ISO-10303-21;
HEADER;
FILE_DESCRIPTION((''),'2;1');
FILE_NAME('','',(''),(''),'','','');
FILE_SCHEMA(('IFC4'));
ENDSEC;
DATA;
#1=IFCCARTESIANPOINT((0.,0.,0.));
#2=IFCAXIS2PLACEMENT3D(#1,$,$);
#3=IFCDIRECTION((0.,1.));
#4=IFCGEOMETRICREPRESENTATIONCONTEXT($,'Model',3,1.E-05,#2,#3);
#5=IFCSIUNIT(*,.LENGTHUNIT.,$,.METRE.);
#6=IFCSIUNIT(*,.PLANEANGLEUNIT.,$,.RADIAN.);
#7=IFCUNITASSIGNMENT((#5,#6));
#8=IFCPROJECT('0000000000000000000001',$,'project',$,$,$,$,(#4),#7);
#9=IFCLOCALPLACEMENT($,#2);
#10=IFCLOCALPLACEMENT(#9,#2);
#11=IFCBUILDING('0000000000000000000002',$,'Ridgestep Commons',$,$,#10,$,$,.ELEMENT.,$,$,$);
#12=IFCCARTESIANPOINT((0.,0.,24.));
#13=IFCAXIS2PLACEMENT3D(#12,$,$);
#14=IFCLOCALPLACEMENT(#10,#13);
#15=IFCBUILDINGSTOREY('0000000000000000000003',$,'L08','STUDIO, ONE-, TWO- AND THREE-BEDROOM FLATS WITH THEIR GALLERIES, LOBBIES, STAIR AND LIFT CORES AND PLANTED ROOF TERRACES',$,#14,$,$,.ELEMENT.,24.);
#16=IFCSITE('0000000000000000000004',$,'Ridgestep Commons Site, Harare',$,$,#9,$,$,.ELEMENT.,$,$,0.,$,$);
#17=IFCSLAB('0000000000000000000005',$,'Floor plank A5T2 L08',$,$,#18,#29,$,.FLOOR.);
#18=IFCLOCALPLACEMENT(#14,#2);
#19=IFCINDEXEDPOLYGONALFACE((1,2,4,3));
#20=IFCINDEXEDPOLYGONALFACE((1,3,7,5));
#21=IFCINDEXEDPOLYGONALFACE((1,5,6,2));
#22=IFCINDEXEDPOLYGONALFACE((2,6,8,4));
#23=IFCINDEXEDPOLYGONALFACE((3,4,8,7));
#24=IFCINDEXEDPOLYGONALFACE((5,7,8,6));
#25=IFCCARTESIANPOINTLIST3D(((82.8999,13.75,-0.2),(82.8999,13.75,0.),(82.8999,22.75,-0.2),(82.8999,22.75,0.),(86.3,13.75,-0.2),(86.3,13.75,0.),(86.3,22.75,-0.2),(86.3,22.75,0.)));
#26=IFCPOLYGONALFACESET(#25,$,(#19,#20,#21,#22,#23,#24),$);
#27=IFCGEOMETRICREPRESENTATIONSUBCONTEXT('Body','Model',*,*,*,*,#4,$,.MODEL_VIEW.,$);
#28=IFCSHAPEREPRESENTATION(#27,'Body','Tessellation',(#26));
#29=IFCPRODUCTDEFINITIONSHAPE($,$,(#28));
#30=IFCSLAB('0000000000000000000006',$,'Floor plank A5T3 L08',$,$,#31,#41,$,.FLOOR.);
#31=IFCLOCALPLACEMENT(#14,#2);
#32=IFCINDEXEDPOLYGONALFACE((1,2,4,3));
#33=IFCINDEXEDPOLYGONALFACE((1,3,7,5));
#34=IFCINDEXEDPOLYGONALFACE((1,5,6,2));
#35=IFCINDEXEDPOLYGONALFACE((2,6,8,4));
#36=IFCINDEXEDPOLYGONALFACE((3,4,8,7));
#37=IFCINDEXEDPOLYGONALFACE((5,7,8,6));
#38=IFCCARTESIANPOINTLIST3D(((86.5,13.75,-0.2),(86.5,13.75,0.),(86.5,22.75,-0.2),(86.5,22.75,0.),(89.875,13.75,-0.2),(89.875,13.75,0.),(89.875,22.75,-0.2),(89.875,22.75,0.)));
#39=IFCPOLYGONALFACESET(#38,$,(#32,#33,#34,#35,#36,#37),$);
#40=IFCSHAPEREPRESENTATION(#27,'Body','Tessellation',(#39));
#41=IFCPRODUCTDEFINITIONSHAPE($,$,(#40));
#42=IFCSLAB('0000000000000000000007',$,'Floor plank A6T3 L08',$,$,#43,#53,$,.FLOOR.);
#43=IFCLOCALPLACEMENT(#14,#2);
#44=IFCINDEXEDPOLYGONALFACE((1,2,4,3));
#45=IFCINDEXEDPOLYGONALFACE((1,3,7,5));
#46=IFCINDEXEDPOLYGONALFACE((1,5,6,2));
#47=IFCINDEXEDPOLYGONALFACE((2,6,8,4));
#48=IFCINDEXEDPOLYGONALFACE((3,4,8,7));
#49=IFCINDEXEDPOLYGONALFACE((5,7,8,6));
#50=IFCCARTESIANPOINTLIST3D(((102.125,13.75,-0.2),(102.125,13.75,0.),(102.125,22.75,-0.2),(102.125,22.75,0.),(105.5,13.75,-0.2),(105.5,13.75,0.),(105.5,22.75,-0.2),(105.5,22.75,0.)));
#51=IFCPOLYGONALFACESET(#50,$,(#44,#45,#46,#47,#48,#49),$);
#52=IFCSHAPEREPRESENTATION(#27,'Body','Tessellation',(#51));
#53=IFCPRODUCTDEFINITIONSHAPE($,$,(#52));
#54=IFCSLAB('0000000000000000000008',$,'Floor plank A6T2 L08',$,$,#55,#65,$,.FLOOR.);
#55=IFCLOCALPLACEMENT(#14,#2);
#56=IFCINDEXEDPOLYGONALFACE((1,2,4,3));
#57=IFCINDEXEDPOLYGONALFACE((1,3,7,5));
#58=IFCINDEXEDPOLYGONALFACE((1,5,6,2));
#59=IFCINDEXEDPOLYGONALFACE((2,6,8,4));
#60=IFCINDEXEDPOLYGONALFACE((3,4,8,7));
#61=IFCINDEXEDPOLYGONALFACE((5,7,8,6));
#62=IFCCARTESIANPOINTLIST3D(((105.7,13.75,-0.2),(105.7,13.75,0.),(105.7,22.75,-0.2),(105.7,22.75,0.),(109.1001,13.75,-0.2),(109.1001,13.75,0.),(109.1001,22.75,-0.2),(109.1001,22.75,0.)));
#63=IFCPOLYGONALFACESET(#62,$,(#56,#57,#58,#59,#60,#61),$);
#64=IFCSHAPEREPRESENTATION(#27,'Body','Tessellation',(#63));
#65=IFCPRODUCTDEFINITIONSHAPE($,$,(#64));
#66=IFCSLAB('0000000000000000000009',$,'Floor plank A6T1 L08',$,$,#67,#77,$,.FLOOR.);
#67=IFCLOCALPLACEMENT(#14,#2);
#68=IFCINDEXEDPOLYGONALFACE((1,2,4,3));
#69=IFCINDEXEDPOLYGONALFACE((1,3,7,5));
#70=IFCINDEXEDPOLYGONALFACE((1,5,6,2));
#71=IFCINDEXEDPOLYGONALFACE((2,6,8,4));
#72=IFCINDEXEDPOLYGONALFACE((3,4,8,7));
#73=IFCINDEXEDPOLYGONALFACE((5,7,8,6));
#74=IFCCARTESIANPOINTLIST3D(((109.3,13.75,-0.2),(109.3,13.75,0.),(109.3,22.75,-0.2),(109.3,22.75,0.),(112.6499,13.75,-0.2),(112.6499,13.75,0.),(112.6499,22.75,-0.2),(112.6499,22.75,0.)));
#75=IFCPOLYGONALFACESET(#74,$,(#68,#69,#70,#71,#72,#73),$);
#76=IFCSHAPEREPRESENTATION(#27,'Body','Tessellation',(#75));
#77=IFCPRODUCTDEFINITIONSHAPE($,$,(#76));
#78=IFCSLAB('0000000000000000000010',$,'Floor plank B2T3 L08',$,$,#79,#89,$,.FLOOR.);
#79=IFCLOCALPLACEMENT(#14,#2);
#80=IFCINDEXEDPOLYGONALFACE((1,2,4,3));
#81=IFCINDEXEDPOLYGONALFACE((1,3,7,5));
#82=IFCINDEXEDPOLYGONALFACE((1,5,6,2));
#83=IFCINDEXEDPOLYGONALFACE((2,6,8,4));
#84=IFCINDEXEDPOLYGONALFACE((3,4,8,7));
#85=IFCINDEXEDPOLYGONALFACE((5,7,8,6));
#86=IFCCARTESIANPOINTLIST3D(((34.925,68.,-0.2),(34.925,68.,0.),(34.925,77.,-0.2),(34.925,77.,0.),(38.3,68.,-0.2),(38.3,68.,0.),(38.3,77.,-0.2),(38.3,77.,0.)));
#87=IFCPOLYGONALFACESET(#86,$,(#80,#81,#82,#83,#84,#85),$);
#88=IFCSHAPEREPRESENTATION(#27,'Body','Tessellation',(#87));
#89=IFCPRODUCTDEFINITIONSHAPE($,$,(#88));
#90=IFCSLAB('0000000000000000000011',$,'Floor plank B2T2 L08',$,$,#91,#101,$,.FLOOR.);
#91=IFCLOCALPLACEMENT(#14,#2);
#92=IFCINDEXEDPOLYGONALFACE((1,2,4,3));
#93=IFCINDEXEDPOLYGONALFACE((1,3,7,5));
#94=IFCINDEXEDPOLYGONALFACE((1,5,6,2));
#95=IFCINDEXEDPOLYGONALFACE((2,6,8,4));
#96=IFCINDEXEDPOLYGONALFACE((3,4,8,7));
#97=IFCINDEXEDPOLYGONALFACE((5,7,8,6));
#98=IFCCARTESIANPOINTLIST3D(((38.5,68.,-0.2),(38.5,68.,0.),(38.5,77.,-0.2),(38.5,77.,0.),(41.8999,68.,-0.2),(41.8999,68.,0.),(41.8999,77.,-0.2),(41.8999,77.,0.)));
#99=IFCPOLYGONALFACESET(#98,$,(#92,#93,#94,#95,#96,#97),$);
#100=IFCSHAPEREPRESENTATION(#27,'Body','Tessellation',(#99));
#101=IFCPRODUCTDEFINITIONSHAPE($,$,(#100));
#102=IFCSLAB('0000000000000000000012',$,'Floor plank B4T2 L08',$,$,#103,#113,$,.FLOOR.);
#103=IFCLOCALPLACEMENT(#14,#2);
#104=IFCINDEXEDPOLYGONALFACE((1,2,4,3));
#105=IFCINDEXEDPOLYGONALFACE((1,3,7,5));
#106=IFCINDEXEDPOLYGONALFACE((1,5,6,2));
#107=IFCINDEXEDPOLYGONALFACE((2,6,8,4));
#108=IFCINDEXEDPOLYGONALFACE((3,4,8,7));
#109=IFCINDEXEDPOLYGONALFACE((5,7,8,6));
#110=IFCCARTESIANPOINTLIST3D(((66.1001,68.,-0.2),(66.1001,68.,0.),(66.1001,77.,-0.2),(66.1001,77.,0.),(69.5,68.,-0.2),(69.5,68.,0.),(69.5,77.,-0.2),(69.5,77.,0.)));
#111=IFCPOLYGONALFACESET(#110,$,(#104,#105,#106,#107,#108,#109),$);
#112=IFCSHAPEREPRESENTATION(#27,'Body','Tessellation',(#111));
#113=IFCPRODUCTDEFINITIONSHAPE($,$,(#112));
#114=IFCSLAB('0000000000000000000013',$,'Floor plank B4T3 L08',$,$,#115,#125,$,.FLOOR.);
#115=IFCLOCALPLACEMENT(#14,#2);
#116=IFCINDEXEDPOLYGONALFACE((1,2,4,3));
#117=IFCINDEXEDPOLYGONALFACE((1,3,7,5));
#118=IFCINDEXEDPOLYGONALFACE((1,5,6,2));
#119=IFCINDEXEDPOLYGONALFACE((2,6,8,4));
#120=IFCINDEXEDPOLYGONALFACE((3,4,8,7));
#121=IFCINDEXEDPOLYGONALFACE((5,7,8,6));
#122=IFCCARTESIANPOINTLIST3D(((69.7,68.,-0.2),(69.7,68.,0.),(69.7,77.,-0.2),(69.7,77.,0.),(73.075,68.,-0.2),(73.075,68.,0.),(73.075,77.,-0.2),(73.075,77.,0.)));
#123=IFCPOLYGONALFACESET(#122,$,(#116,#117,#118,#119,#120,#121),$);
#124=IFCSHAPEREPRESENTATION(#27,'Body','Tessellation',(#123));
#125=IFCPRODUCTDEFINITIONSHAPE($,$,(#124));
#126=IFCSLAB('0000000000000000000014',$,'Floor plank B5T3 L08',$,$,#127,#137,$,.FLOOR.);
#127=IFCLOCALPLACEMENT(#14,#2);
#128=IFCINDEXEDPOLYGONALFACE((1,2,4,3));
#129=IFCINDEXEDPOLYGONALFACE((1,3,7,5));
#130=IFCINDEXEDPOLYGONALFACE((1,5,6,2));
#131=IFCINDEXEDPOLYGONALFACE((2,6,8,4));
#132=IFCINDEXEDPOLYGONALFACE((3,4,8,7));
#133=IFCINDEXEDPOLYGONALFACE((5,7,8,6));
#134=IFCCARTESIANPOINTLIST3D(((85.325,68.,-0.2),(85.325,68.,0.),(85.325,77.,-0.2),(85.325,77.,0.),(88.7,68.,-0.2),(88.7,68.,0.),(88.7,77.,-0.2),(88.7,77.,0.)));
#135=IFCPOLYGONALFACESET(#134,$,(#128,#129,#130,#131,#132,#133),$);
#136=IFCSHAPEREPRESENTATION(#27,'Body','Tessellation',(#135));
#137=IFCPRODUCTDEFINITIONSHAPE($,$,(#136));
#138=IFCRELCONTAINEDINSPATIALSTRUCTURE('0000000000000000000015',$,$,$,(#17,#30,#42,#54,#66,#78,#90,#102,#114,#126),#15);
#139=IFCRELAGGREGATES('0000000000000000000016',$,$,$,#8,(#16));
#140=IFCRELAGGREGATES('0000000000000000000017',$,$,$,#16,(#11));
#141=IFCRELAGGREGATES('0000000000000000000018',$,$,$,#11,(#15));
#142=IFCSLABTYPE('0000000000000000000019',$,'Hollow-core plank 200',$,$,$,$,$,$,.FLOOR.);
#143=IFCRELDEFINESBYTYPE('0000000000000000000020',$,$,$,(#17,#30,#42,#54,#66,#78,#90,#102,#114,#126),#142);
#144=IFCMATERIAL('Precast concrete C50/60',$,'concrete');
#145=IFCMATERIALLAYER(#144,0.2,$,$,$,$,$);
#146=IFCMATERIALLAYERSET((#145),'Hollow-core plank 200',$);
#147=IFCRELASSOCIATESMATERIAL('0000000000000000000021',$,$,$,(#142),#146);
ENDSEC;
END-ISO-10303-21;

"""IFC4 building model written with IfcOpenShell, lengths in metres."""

from ifc_helpers import new_model, si_unit, direction, frame, origin, place, context, subcontext, project, spatial, polyline, outline, extrude, material, layer, layer_set, type_object, element, save


model = new_model("IFC4")

# Units and contexts
model_context = context("Model", 3, precision=1e-05, world=origin(), true_north=direction((0.0, 1.0)))
body_context = subcontext(model_context, "Body", "Model", "MODEL_VIEW")
ifc_project = project(units=[si_unit("LENGTHUNIT", "METRE"), si_unit("PLANEANGLEUNIT", "RADIAN")], contexts=[model_context])

# Site, building, storey
site_placement = place(None, origin())
site = spatial("IfcSite", under=ifc_project, at=site_placement, Name="Ridgestep Commons Site, Harare", CompositionType="ELEMENT", RefElevation=0.0)
building_placement = place(site_placement, origin())
building = spatial("IfcBuilding", under=site, at=building_placement, Name="Ridgestep Commons", CompositionType="ELEMENT")
storey_placement = place(building_placement, frame((0.0, 0.0, 24.0)))
storey = spatial("IfcBuildingStorey", under=building, at=storey_placement, Name="L08", Description="STUDIO, ONE-, TWO- AND THREE-BEDROOM FLATS WITH THEIR GALLERIES, LOBBIES, STAIR AND LIFT CORES AND PLANTED ROOF TERRACES", CompositionType="ELEMENT", Elevation=24.0)

# Slabs
ifc_material_1 = material(Name="Precast concrete C50/60", Category="concrete")
ifc_layer_1 = layer(ifc_material_1, 0.2)
ifc_layer_set_1 = layer_set([ifc_layer_1], Name="Hollow-core plank 200")
slab_type_1 = type_object("IfcSlabType", Name="Hollow-core plank 200", PredefinedType="FLOOR", material=ifc_layer_set_1)
slab_1_placement = place(storey_placement, frame((0.0, 0.0, -0.2)))
element("IfcSlab", 1, at=slab_1_placement, inside=storey, type_object=slab_type_1, Name="Floor plank A5T2 L08", PredefinedType="FLOOR", context=body_context, shape_type="SweptSolid", body=[
    extrude(outline(polyline([(86.3, 13.75), (86.3, 22.75), (82.8999, 22.75), (82.8999, 13.75), (86.3, 13.75)])), origin(), (0.0, 0.0, 1.0), 0.2),
])
slab_2_placement = place(storey_placement, frame((0.0, 0.0, -0.2)))
element("IfcSlab", 2, at=slab_2_placement, inside=storey, type_object=slab_type_1, Name="Floor plank A5T3 L08", PredefinedType="FLOOR", context=body_context, shape_type="SweptSolid", body=[
    extrude(outline(polyline([(89.875, 13.75), (89.875, 22.75), (86.5, 22.75), (86.5, 13.75), (89.875, 13.75)])), origin(), (0.0, 0.0, 1.0), 0.2),
])
slab_3_placement = place(storey_placement, frame((0.0, 0.0, -0.2)))
element("IfcSlab", 3, at=slab_3_placement, inside=storey, type_object=slab_type_1, Name="Floor plank A6T3 L08", PredefinedType="FLOOR", context=body_context, shape_type="SweptSolid", body=[
    extrude(outline(polyline([(105.5, 13.75), (105.5, 22.75), (102.125, 22.75), (102.125, 13.75), (105.5, 13.75)])), origin(), (0.0, 0.0, 1.0), 0.2),
])
slab_4_placement = place(storey_placement, frame((0.0, 0.0, -0.2)))
element("IfcSlab", 4, at=slab_4_placement, inside=storey, type_object=slab_type_1, Name="Floor plank A6T2 L08", PredefinedType="FLOOR", context=body_context, shape_type="SweptSolid", body=[
    extrude(outline(polyline([(109.1001, 13.75), (109.1001, 22.75), (105.7, 22.75), (105.7, 13.75), (109.1001, 13.75)])), origin(), (0.0, 0.0, 1.0), 0.2),
])
slab_5_placement = place(storey_placement, frame((0.0, 0.0, -0.2)))
element("IfcSlab", 5, at=slab_5_placement, inside=storey, type_object=slab_type_1, Name="Floor plank A6T1 L08", PredefinedType="FLOOR", context=body_context, shape_type="SweptSolid", body=[
    extrude(outline(polyline([(112.6499, 13.75), (112.6499, 22.75), (109.3, 22.75), (109.3, 13.75), (112.6499, 13.75)])), origin(), (0.0, 0.0, 1.0), 0.2),
])
slab_6_placement = place(storey_placement, frame((0.0, 0.0, -0.2)))
element("IfcSlab", 6, at=slab_6_placement, inside=storey, type_object=slab_type_1, Name="Floor plank B2T3 L08", PredefinedType="FLOOR", context=body_context, shape_type="SweptSolid", body=[
    extrude(outline(polyline([(38.3, 68.0), (38.3, 77.0), (34.925, 77.0), (34.925, 68.0), (38.3, 68.0)])), origin(), (0.0, 0.0, 1.0), 0.2),
])
slab_7_placement = place(storey_placement, frame((0.0, 0.0, -0.2)))
element("IfcSlab", 7, at=slab_7_placement, inside=storey, type_object=slab_type_1, Name="Floor plank B2T2 L08", PredefinedType="FLOOR", context=body_context, shape_type="SweptSolid", body=[
    extrude(outline(polyline([(41.8999, 68.0), (41.8999, 77.0), (38.5, 77.0), (38.5, 68.0), (41.8999, 68.0)])), origin(), (0.0, 0.0, 1.0), 0.2),
])
slab_8_placement = place(storey_placement, frame((0.0, 0.0, -0.2)))
element("IfcSlab", 8, at=slab_8_placement, inside=storey, type_object=slab_type_1, Name="Floor plank B4T2 L08", PredefinedType="FLOOR", context=body_context, shape_type="SweptSolid", body=[
    extrude(outline(polyline([(69.5, 68.0), (69.5, 77.0), (66.1001, 77.0), (66.1001, 68.0), (69.5, 68.0)])), origin(), (0.0, 0.0, 1.0), 0.2),
])
slab_9_placement = place(storey_placement, frame((0.0, 0.0, -0.2)))
element("IfcSlab", 9, at=slab_9_placement, inside=storey, type_object=slab_type_1, Name="Floor plank B4T3 L08", PredefinedType="FLOOR", context=body_context, shape_type="SweptSolid", body=[
    extrude(outline(polyline([(73.075, 68.0), (73.075, 77.0), (69.7, 77.0), (69.7, 68.0), (73.075, 68.0)])), origin(), (0.0, 0.0, 1.0), 0.2),
])
slab_10_placement = place(storey_placement, frame((0.0, 0.0, -0.2)))
element("IfcSlab", 10, at=slab_10_placement, inside=storey, type_object=slab_type_1, Name="Floor plank B5T3 L08", PredefinedType="FLOOR", context=body_context, shape_type="SweptSolid", body=[
    extrude(outline(polyline([(88.7, 68.0), (88.7, 77.0), (85.325, 77.0), (85.325, 68.0), (88.7, 68.0)])), origin(), (0.0, 0.0, 1.0), 0.2),
])

save(model, "model.ifc")
